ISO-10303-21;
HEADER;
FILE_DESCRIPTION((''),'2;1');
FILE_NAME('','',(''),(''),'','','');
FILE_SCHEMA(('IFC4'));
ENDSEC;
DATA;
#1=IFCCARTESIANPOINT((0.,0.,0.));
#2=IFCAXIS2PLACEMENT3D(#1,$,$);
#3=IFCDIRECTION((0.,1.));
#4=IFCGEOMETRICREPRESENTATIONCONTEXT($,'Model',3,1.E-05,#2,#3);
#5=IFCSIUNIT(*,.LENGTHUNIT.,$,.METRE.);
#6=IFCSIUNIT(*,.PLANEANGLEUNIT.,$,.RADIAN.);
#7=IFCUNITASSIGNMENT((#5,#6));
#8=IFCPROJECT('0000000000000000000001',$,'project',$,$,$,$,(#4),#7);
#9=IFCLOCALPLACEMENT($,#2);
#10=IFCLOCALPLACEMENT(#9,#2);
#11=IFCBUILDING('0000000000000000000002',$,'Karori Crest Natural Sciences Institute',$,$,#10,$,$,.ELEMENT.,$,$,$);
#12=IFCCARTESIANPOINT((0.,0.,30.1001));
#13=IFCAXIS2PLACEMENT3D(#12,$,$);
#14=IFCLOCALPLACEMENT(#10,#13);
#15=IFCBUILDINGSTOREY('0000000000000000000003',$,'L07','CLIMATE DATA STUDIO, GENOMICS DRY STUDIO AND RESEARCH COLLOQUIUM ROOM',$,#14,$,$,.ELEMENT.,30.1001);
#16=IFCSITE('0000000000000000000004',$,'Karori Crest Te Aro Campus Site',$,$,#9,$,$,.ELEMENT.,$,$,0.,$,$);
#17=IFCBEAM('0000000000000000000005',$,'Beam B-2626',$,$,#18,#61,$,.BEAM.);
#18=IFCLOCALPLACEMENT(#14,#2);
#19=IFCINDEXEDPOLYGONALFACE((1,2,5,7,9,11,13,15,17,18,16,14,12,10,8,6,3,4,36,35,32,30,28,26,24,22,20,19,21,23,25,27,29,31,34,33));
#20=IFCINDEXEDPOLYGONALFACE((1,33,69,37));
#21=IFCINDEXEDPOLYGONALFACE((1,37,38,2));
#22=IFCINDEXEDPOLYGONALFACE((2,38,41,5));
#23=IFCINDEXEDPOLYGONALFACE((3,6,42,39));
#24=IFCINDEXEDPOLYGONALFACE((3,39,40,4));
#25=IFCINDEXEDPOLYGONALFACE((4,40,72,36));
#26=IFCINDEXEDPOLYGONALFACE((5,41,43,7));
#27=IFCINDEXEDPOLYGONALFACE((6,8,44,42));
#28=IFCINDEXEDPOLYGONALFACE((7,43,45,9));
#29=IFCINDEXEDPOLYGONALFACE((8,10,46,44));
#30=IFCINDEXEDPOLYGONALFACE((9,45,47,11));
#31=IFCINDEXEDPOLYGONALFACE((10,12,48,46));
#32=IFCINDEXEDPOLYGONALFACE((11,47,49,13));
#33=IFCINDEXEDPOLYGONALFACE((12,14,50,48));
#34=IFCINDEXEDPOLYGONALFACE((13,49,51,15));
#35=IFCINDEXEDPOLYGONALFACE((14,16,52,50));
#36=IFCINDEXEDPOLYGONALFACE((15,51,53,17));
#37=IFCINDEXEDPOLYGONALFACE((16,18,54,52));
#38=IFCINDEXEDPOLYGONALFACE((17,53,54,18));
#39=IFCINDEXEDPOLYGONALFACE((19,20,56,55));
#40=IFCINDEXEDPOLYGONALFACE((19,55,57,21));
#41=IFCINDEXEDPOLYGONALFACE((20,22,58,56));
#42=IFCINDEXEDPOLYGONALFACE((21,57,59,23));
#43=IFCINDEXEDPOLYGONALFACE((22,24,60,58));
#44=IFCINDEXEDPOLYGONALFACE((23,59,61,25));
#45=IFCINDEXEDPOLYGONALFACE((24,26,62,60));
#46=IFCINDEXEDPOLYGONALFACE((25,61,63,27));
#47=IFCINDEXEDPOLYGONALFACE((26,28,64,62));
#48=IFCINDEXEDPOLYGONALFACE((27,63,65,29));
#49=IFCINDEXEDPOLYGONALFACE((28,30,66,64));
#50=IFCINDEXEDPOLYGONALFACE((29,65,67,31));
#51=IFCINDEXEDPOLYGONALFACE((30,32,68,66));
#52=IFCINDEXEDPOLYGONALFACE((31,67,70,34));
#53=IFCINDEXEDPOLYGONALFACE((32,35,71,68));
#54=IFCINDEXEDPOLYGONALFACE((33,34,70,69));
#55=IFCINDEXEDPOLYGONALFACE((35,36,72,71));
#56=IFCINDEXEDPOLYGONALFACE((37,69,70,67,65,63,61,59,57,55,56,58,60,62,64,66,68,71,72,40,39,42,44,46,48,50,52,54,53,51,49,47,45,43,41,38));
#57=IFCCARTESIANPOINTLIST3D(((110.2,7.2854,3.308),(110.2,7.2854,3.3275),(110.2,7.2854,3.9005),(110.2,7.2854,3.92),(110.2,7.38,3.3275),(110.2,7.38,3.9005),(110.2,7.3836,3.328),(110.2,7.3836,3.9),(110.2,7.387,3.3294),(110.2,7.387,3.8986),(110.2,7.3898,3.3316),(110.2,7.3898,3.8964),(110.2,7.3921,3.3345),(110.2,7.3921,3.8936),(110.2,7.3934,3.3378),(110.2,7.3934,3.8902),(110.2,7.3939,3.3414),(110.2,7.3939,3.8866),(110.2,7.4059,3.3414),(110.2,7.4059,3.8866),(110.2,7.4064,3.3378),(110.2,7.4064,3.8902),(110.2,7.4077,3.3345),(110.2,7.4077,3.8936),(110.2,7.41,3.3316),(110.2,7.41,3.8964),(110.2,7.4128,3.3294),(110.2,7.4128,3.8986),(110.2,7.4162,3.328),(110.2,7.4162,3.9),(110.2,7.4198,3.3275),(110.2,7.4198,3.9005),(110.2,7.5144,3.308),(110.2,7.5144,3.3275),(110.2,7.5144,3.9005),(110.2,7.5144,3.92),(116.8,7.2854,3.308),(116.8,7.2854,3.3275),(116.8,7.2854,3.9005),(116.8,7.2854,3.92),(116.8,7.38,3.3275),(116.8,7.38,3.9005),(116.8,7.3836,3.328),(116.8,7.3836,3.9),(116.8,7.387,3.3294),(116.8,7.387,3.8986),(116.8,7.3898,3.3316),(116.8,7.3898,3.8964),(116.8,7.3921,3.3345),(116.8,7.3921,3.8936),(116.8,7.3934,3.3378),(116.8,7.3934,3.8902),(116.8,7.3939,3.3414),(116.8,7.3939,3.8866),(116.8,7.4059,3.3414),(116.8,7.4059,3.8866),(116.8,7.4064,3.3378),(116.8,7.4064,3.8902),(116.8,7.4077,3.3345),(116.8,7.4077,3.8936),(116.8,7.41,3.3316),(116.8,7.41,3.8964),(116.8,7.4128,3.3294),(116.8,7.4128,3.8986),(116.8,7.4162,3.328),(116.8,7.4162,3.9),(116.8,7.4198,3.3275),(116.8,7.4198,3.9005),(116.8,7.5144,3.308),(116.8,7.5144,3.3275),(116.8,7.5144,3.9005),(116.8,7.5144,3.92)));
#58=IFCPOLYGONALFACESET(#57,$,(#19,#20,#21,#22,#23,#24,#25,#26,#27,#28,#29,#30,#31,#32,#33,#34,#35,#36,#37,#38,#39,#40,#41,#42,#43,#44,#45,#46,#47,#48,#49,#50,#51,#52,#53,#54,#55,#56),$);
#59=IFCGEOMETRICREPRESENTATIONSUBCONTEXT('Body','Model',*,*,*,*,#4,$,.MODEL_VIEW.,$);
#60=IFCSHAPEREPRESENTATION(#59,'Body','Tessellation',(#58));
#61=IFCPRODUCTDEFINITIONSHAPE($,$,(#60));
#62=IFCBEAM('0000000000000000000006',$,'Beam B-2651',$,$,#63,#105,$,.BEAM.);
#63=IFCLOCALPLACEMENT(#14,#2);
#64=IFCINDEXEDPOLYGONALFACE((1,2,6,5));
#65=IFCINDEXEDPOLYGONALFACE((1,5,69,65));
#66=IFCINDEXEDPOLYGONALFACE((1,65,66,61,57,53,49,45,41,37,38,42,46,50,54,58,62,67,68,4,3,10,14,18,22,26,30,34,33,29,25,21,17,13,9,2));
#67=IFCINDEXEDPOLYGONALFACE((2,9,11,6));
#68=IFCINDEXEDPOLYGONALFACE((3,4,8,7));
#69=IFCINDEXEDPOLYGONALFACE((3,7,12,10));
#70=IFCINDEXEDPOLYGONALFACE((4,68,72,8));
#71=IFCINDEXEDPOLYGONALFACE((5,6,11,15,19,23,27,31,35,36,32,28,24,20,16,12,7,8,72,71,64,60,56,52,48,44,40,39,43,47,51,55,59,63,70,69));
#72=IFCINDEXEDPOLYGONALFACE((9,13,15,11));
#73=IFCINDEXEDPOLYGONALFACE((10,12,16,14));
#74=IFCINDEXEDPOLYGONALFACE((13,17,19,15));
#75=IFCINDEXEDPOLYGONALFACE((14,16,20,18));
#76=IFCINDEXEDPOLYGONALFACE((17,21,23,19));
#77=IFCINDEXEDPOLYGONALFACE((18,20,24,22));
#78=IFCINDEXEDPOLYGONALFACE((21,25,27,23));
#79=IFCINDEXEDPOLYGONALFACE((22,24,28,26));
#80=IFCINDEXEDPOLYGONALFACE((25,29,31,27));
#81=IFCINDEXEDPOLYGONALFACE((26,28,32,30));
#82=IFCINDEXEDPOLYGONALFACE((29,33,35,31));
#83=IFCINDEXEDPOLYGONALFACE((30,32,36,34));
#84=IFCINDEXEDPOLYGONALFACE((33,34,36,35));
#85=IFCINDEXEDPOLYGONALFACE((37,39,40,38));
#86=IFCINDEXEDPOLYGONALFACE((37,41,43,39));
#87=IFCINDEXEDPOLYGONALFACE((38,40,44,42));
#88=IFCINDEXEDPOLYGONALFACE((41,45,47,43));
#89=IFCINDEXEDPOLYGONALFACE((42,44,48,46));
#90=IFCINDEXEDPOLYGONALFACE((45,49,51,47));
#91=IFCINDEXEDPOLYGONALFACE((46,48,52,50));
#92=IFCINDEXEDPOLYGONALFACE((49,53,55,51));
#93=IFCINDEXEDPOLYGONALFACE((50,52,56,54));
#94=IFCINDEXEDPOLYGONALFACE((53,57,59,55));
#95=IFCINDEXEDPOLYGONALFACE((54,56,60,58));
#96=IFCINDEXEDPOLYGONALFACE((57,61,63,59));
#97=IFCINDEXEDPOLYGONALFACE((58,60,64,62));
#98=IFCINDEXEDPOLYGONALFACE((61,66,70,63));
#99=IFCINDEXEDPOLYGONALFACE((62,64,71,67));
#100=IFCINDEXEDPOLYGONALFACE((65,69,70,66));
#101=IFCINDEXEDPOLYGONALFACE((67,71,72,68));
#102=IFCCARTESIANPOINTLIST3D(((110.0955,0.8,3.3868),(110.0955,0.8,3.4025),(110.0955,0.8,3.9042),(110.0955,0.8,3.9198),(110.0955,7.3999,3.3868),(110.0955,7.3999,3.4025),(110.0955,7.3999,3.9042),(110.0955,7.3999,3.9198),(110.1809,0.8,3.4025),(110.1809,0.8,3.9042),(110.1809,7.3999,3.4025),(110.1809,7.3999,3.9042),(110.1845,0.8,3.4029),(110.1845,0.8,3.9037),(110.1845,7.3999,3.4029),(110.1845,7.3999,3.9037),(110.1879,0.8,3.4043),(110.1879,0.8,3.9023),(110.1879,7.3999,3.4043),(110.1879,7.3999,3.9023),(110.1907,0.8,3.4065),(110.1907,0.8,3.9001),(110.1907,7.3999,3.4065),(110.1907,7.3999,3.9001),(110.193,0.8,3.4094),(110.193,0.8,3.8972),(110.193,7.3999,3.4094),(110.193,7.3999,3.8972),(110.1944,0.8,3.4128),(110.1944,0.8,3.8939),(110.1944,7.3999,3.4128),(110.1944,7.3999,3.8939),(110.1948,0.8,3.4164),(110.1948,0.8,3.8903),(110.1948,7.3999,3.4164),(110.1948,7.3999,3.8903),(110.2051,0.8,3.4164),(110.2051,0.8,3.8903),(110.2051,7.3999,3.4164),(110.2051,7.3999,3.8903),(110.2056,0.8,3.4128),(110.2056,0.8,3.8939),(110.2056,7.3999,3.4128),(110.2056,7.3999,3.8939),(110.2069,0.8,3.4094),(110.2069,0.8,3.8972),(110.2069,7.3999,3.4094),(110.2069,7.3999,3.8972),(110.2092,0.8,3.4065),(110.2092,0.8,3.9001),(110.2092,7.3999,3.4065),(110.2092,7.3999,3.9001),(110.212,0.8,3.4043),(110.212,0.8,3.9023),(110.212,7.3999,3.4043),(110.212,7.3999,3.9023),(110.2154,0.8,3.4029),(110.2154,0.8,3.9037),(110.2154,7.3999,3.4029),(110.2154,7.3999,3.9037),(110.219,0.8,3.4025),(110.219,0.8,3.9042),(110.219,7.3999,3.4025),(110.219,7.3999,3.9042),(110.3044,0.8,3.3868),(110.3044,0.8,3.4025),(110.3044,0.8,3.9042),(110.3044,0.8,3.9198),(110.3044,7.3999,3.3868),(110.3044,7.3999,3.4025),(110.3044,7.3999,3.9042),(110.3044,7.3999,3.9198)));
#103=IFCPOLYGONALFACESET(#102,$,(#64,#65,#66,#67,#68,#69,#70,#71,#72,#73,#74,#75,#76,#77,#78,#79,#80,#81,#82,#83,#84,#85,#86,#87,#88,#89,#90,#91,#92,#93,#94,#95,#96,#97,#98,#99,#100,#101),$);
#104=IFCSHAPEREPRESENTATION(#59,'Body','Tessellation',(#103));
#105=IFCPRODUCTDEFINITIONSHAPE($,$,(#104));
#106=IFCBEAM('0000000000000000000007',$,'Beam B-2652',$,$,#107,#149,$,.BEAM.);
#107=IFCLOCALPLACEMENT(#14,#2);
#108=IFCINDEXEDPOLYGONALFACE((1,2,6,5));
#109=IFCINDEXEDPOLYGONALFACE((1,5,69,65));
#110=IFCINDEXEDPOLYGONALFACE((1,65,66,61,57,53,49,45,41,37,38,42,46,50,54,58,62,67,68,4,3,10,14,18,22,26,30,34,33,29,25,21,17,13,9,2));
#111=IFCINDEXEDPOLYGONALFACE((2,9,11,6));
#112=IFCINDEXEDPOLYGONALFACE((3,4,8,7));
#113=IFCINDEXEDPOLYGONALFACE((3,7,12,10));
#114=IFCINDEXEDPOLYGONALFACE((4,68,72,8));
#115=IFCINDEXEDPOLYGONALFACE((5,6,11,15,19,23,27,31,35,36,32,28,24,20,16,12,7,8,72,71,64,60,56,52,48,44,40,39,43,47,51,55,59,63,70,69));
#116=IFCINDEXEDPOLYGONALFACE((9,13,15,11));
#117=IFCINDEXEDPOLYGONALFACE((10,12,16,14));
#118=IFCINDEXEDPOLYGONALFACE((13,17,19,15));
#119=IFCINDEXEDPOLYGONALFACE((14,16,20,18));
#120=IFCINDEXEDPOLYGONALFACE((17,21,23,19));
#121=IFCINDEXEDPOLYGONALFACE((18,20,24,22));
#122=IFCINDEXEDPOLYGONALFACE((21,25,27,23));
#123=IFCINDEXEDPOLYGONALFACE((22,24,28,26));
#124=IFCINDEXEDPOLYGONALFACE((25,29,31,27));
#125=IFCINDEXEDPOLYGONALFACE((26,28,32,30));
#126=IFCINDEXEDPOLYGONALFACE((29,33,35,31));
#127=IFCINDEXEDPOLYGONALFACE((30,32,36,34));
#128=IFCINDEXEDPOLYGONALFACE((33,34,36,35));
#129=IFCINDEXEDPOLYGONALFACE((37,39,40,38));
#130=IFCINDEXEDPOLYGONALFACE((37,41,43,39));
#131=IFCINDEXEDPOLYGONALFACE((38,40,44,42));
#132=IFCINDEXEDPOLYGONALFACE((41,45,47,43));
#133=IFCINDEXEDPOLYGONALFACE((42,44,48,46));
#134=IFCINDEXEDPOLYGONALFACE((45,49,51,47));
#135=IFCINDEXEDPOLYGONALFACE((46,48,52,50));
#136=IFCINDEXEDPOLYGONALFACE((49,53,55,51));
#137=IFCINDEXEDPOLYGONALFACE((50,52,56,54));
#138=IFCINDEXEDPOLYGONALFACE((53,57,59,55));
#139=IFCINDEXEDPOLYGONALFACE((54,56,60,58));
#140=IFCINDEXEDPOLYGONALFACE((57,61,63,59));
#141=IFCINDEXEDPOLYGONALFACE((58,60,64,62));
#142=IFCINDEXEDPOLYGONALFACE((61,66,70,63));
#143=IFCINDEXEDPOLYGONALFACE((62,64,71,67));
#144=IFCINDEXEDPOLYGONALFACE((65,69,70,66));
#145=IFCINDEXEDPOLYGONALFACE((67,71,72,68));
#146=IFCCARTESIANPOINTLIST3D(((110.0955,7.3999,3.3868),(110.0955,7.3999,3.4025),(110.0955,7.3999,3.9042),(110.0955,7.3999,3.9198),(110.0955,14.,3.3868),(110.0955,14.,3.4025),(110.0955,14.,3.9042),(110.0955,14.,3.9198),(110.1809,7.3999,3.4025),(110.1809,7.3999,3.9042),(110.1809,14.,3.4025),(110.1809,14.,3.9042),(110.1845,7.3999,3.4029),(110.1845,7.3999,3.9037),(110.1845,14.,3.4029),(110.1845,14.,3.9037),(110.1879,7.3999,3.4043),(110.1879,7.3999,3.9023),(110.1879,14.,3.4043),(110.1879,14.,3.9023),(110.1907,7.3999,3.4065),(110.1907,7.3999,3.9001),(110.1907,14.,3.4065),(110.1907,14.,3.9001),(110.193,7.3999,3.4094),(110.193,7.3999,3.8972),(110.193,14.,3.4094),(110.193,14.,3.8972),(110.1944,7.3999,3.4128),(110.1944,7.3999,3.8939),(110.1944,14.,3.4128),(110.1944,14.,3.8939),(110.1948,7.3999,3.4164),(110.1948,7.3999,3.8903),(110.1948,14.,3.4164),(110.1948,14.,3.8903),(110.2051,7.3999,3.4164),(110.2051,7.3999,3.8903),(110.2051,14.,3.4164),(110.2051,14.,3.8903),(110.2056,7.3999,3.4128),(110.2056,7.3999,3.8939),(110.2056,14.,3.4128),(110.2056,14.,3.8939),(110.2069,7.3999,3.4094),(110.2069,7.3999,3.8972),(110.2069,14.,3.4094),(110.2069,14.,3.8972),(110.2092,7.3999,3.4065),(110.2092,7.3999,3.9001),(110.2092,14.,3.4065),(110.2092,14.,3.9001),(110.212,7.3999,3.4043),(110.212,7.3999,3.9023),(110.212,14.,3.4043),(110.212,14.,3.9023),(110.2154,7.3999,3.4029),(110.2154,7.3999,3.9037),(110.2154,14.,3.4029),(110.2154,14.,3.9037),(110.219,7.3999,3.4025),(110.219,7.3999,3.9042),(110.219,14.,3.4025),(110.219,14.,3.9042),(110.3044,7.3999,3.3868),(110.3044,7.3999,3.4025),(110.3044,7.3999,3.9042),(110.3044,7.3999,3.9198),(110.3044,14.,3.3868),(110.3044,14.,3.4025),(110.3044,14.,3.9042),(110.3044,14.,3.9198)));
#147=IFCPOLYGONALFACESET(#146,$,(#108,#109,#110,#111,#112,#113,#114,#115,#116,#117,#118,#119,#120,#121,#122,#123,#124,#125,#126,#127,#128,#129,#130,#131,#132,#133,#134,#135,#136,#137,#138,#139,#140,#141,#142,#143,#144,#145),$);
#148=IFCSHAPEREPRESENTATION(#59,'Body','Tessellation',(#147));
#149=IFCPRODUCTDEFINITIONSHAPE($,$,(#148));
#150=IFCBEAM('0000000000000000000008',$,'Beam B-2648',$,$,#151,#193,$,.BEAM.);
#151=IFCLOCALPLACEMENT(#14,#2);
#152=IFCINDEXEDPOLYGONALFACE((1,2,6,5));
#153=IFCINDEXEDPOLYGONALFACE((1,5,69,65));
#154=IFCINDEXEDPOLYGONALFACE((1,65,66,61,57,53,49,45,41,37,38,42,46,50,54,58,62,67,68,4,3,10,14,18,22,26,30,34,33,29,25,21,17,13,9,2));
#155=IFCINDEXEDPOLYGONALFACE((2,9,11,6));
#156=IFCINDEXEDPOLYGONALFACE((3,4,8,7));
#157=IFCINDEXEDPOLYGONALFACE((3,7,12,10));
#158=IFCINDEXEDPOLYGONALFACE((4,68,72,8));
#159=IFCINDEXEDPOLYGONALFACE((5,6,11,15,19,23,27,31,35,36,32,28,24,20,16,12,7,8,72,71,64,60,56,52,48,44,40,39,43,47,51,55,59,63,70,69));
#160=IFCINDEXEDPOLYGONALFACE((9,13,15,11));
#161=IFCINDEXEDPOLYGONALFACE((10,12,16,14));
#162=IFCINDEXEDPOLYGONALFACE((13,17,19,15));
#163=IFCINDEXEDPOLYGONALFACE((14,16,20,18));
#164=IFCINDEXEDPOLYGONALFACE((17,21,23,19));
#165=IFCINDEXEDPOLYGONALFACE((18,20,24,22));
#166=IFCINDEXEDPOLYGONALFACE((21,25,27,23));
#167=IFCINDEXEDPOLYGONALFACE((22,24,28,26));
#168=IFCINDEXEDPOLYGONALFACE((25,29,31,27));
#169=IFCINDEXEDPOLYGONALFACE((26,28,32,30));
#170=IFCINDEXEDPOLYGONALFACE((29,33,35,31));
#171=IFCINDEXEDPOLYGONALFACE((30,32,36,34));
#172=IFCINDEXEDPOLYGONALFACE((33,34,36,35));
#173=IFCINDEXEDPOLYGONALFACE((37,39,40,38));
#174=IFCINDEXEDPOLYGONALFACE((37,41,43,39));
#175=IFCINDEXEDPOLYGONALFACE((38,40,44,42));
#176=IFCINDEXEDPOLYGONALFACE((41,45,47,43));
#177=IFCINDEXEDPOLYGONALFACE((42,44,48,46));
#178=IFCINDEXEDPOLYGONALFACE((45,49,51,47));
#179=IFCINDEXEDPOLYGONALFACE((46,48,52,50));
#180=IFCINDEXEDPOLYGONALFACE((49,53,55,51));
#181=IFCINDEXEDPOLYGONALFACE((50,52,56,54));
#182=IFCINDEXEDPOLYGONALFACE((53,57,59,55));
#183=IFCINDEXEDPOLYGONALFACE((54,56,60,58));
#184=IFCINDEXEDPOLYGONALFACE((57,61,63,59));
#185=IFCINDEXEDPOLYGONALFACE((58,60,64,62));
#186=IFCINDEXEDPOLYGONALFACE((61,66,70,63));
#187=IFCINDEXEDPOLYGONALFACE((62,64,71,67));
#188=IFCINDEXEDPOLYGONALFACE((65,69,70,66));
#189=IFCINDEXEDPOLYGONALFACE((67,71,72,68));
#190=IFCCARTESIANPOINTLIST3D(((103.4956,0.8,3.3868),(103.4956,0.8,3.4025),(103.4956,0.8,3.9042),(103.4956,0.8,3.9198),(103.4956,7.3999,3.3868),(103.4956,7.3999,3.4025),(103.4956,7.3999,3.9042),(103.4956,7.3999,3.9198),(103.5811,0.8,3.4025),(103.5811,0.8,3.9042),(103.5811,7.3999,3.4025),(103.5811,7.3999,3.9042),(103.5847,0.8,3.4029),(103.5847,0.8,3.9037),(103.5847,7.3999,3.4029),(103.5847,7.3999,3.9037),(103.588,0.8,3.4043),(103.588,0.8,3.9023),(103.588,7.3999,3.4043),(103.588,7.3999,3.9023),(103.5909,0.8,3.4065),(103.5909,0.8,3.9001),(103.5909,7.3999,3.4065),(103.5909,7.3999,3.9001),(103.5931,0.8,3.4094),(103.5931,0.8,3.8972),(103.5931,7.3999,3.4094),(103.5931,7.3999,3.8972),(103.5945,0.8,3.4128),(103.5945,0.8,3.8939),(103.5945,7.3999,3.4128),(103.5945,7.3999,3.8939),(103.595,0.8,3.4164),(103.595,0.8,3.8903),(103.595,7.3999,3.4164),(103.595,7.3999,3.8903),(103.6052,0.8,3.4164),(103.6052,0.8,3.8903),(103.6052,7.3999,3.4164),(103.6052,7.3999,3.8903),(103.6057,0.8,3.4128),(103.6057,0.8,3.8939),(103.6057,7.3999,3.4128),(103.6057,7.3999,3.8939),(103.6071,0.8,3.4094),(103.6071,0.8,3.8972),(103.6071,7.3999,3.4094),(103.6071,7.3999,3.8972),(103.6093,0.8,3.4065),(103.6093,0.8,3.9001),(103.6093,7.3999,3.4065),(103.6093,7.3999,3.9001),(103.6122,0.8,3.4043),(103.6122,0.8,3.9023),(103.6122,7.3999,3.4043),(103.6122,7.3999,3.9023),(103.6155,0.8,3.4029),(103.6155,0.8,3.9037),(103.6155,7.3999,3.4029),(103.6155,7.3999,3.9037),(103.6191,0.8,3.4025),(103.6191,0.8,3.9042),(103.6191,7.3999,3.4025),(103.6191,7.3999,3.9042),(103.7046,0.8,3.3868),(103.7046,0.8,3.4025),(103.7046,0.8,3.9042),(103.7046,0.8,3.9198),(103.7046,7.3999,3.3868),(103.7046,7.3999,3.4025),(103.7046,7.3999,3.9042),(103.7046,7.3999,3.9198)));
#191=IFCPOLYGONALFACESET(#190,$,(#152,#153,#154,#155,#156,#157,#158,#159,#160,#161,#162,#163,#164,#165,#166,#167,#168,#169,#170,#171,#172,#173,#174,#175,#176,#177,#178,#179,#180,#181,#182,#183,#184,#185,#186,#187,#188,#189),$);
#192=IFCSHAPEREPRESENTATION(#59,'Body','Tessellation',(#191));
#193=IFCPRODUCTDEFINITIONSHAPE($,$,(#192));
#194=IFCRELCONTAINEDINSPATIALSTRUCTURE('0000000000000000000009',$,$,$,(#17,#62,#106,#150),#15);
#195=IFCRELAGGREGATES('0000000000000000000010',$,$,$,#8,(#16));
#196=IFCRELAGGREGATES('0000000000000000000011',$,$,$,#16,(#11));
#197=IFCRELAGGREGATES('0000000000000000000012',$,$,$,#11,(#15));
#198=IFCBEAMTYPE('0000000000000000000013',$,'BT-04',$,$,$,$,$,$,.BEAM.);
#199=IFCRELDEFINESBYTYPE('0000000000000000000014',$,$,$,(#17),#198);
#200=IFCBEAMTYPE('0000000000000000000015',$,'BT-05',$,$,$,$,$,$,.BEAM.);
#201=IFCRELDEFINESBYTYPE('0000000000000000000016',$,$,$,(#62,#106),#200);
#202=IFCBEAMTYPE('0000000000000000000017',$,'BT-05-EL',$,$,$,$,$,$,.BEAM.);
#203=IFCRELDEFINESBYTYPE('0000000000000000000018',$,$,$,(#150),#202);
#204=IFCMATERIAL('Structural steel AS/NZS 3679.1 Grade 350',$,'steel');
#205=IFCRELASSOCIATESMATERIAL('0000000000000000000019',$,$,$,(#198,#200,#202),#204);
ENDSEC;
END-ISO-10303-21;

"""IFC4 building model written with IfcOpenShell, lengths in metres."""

from ifc_helpers import new_model, si_unit, direction, frame, origin, origin_2d, place, context, subcontext, project, spatial, i_section, extrude, material, material_profile, profile_set, type_object, element, save


model = new_model("IFC4")

# Units and contexts
model_context = context("Model", 3, precision=1e-05, world=origin(), true_north=direction((0.0, 1.0)))
body_context = subcontext(model_context, "Body", "Model", "MODEL_VIEW")
ifc_project = project(units=[si_unit("LENGTHUNIT", "METRE"), si_unit("PLANEANGLEUNIT", "RADIAN")], contexts=[model_context])

# Site, building, storey
site_placement = place(None, origin())
site = spatial("IfcSite", under=ifc_project, at=site_placement, Name="Karori Crest Te Aro Campus Site", CompositionType="ELEMENT", RefElevation=0.0)
building_placement = place(site_placement, origin())
building = spatial("IfcBuilding", under=site, at=building_placement, Name="Karori Crest Natural Sciences Institute", CompositionType="ELEMENT")
storey_placement = place(building_placement, frame((0.0, 0.0, 30.1001)))
storey = spatial("IfcBuildingStorey", under=building, at=storey_placement, Name="L07", Description="CLIMATE DATA STUDIO, GENOMICS DRY STUDIO AND RESEARCH COLLOQUIUM ROOM", CompositionType="ELEMENT", Elevation=30.1001)

# Shared definitions
ifc_material_1 = material(Name="Structural steel AS/NZS 3679.1 Grade 350", Category="steel")

# Beams
ifc_material_profile_1 = material_profile(ifc_material_1, i_section(OverallWidth=0.229, OverallDepth=0.6121, WebThickness=0.012, FlangeThickness=0.0195, FilletRadius=0.0139, at=origin_2d()), Name="610UB125")
ifc_profile_set_1 = profile_set([ifc_material_profile_1], Name="Structural steel AS/NZS 3679.1 Grade 350")
beam_type_1 = type_object("IfcBeamType", Name="BT-04", PredefinedType="BEAM", material=ifc_profile_set_1)
beam_1_placement = place(storey_placement, frame((110.2, 7.3999, 3.614), z_axis=(1.0, 0.0, 0.0), x_axis=(0.0, 1.0, 0.0)))
element("IfcBeam", 1, at=beam_1_placement, inside=storey, type_object=beam_type_1, Name="Beam B-2626", PredefinedType="BEAM", context=body_context, shape_type="SweptSolid", body=[
    extrude(i_section(OverallWidth=0.229, OverallDepth=0.6121, WebThickness=0.012, FlangeThickness=0.0195, FilletRadius=0.0139, at=origin_2d()), origin(), (0.0, 0.0, 1.0), 6.6001),
])
ifc_material_profile_2 = material_profile(ifc_material_1, i_section(OverallWidth=0.209, OverallDepth=0.533, WebThickness=0.0103, FlangeThickness=0.0156, FilletRadius=0.0139, at=origin_2d()), Name="530UB92.4")
ifc_profile_set_2 = profile_set([ifc_material_profile_2], Name="Structural steel AS/NZS 3679.1 Grade 350")
beam_type_2 = type_object("IfcBeamType", Name="BT-05", PredefinedType="BEAM", material=ifc_profile_set_2)
beam_2_placement = place(storey_placement, frame((110.2, 0.8, 3.6533), z_axis=(0.0, 1.0, 0.0), x_axis=(-1.0, 0.0, 0.0)))
element("IfcBeam", 2, at=beam_2_placement, inside=storey, type_object=beam_type_2, Name="Beam B-2651", PredefinedType="BEAM", context=body_context, shape_type="SweptSolid", body=[
    extrude(i_section(OverallWidth=0.209, OverallDepth=0.533, WebThickness=0.0103, FlangeThickness=0.0156, FilletRadius=0.0139, at=origin_2d()), origin(), (0.0, 0.0, 1.0), 6.5999),
])
beam_3_placement = place(storey_placement, frame((110.2, 7.3999, 3.6533), z_axis=(0.0, 1.0, 0.0), x_axis=(-1.0, 0.0, 0.0)))
element("IfcBeam", 3, at=beam_3_placement, inside=storey, type_object=beam_type_2, Name="Beam B-2652", PredefinedType="BEAM", context=body_context, shape_type="SweptSolid", body=[
    extrude(i_section(OverallWidth=0.209, OverallDepth=0.533, WebThickness=0.0103, FlangeThickness=0.0156, FilletRadius=0.0139, at=origin_2d()), origin(), (0.0, 0.0, 1.0), 6.6001),
])
ifc_material_profile_3 = material_profile(ifc_material_1, i_section(OverallWidth=0.209, OverallDepth=0.533, WebThickness=0.0103, FlangeThickness=0.0156, FilletRadius=0.0139, at=origin_2d()), Name="530UB92.4")
ifc_profile_set_3 = profile_set([ifc_material_profile_3], Name="Structural steel AS/NZS 3679.1 Grade 350")
beam_type_3 = type_object("IfcBeamType", Name="BT-05-EL", PredefinedType="BEAM", material=ifc_profile_set_3)
beam_4_placement = place(storey_placement, frame((103.6001, 0.8, 3.6533), z_axis=(0.0, 1.0, 0.0), x_axis=(-1.0, 0.0, 0.0)))
element("IfcBeam", 4, at=beam_4_placement, inside=storey, type_object=beam_type_3, Name="Beam B-2648", PredefinedType="BEAM", context=body_context, shape_type="SweptSolid", body=[
    extrude(i_section(OverallWidth=0.209, OverallDepth=0.533, WebThickness=0.0103, FlangeThickness=0.0156, FilletRadius=0.0139, at=origin_2d()), origin(), (0.0, 0.0, 1.0), 6.5999),
])

save(model, "model.ifc")
